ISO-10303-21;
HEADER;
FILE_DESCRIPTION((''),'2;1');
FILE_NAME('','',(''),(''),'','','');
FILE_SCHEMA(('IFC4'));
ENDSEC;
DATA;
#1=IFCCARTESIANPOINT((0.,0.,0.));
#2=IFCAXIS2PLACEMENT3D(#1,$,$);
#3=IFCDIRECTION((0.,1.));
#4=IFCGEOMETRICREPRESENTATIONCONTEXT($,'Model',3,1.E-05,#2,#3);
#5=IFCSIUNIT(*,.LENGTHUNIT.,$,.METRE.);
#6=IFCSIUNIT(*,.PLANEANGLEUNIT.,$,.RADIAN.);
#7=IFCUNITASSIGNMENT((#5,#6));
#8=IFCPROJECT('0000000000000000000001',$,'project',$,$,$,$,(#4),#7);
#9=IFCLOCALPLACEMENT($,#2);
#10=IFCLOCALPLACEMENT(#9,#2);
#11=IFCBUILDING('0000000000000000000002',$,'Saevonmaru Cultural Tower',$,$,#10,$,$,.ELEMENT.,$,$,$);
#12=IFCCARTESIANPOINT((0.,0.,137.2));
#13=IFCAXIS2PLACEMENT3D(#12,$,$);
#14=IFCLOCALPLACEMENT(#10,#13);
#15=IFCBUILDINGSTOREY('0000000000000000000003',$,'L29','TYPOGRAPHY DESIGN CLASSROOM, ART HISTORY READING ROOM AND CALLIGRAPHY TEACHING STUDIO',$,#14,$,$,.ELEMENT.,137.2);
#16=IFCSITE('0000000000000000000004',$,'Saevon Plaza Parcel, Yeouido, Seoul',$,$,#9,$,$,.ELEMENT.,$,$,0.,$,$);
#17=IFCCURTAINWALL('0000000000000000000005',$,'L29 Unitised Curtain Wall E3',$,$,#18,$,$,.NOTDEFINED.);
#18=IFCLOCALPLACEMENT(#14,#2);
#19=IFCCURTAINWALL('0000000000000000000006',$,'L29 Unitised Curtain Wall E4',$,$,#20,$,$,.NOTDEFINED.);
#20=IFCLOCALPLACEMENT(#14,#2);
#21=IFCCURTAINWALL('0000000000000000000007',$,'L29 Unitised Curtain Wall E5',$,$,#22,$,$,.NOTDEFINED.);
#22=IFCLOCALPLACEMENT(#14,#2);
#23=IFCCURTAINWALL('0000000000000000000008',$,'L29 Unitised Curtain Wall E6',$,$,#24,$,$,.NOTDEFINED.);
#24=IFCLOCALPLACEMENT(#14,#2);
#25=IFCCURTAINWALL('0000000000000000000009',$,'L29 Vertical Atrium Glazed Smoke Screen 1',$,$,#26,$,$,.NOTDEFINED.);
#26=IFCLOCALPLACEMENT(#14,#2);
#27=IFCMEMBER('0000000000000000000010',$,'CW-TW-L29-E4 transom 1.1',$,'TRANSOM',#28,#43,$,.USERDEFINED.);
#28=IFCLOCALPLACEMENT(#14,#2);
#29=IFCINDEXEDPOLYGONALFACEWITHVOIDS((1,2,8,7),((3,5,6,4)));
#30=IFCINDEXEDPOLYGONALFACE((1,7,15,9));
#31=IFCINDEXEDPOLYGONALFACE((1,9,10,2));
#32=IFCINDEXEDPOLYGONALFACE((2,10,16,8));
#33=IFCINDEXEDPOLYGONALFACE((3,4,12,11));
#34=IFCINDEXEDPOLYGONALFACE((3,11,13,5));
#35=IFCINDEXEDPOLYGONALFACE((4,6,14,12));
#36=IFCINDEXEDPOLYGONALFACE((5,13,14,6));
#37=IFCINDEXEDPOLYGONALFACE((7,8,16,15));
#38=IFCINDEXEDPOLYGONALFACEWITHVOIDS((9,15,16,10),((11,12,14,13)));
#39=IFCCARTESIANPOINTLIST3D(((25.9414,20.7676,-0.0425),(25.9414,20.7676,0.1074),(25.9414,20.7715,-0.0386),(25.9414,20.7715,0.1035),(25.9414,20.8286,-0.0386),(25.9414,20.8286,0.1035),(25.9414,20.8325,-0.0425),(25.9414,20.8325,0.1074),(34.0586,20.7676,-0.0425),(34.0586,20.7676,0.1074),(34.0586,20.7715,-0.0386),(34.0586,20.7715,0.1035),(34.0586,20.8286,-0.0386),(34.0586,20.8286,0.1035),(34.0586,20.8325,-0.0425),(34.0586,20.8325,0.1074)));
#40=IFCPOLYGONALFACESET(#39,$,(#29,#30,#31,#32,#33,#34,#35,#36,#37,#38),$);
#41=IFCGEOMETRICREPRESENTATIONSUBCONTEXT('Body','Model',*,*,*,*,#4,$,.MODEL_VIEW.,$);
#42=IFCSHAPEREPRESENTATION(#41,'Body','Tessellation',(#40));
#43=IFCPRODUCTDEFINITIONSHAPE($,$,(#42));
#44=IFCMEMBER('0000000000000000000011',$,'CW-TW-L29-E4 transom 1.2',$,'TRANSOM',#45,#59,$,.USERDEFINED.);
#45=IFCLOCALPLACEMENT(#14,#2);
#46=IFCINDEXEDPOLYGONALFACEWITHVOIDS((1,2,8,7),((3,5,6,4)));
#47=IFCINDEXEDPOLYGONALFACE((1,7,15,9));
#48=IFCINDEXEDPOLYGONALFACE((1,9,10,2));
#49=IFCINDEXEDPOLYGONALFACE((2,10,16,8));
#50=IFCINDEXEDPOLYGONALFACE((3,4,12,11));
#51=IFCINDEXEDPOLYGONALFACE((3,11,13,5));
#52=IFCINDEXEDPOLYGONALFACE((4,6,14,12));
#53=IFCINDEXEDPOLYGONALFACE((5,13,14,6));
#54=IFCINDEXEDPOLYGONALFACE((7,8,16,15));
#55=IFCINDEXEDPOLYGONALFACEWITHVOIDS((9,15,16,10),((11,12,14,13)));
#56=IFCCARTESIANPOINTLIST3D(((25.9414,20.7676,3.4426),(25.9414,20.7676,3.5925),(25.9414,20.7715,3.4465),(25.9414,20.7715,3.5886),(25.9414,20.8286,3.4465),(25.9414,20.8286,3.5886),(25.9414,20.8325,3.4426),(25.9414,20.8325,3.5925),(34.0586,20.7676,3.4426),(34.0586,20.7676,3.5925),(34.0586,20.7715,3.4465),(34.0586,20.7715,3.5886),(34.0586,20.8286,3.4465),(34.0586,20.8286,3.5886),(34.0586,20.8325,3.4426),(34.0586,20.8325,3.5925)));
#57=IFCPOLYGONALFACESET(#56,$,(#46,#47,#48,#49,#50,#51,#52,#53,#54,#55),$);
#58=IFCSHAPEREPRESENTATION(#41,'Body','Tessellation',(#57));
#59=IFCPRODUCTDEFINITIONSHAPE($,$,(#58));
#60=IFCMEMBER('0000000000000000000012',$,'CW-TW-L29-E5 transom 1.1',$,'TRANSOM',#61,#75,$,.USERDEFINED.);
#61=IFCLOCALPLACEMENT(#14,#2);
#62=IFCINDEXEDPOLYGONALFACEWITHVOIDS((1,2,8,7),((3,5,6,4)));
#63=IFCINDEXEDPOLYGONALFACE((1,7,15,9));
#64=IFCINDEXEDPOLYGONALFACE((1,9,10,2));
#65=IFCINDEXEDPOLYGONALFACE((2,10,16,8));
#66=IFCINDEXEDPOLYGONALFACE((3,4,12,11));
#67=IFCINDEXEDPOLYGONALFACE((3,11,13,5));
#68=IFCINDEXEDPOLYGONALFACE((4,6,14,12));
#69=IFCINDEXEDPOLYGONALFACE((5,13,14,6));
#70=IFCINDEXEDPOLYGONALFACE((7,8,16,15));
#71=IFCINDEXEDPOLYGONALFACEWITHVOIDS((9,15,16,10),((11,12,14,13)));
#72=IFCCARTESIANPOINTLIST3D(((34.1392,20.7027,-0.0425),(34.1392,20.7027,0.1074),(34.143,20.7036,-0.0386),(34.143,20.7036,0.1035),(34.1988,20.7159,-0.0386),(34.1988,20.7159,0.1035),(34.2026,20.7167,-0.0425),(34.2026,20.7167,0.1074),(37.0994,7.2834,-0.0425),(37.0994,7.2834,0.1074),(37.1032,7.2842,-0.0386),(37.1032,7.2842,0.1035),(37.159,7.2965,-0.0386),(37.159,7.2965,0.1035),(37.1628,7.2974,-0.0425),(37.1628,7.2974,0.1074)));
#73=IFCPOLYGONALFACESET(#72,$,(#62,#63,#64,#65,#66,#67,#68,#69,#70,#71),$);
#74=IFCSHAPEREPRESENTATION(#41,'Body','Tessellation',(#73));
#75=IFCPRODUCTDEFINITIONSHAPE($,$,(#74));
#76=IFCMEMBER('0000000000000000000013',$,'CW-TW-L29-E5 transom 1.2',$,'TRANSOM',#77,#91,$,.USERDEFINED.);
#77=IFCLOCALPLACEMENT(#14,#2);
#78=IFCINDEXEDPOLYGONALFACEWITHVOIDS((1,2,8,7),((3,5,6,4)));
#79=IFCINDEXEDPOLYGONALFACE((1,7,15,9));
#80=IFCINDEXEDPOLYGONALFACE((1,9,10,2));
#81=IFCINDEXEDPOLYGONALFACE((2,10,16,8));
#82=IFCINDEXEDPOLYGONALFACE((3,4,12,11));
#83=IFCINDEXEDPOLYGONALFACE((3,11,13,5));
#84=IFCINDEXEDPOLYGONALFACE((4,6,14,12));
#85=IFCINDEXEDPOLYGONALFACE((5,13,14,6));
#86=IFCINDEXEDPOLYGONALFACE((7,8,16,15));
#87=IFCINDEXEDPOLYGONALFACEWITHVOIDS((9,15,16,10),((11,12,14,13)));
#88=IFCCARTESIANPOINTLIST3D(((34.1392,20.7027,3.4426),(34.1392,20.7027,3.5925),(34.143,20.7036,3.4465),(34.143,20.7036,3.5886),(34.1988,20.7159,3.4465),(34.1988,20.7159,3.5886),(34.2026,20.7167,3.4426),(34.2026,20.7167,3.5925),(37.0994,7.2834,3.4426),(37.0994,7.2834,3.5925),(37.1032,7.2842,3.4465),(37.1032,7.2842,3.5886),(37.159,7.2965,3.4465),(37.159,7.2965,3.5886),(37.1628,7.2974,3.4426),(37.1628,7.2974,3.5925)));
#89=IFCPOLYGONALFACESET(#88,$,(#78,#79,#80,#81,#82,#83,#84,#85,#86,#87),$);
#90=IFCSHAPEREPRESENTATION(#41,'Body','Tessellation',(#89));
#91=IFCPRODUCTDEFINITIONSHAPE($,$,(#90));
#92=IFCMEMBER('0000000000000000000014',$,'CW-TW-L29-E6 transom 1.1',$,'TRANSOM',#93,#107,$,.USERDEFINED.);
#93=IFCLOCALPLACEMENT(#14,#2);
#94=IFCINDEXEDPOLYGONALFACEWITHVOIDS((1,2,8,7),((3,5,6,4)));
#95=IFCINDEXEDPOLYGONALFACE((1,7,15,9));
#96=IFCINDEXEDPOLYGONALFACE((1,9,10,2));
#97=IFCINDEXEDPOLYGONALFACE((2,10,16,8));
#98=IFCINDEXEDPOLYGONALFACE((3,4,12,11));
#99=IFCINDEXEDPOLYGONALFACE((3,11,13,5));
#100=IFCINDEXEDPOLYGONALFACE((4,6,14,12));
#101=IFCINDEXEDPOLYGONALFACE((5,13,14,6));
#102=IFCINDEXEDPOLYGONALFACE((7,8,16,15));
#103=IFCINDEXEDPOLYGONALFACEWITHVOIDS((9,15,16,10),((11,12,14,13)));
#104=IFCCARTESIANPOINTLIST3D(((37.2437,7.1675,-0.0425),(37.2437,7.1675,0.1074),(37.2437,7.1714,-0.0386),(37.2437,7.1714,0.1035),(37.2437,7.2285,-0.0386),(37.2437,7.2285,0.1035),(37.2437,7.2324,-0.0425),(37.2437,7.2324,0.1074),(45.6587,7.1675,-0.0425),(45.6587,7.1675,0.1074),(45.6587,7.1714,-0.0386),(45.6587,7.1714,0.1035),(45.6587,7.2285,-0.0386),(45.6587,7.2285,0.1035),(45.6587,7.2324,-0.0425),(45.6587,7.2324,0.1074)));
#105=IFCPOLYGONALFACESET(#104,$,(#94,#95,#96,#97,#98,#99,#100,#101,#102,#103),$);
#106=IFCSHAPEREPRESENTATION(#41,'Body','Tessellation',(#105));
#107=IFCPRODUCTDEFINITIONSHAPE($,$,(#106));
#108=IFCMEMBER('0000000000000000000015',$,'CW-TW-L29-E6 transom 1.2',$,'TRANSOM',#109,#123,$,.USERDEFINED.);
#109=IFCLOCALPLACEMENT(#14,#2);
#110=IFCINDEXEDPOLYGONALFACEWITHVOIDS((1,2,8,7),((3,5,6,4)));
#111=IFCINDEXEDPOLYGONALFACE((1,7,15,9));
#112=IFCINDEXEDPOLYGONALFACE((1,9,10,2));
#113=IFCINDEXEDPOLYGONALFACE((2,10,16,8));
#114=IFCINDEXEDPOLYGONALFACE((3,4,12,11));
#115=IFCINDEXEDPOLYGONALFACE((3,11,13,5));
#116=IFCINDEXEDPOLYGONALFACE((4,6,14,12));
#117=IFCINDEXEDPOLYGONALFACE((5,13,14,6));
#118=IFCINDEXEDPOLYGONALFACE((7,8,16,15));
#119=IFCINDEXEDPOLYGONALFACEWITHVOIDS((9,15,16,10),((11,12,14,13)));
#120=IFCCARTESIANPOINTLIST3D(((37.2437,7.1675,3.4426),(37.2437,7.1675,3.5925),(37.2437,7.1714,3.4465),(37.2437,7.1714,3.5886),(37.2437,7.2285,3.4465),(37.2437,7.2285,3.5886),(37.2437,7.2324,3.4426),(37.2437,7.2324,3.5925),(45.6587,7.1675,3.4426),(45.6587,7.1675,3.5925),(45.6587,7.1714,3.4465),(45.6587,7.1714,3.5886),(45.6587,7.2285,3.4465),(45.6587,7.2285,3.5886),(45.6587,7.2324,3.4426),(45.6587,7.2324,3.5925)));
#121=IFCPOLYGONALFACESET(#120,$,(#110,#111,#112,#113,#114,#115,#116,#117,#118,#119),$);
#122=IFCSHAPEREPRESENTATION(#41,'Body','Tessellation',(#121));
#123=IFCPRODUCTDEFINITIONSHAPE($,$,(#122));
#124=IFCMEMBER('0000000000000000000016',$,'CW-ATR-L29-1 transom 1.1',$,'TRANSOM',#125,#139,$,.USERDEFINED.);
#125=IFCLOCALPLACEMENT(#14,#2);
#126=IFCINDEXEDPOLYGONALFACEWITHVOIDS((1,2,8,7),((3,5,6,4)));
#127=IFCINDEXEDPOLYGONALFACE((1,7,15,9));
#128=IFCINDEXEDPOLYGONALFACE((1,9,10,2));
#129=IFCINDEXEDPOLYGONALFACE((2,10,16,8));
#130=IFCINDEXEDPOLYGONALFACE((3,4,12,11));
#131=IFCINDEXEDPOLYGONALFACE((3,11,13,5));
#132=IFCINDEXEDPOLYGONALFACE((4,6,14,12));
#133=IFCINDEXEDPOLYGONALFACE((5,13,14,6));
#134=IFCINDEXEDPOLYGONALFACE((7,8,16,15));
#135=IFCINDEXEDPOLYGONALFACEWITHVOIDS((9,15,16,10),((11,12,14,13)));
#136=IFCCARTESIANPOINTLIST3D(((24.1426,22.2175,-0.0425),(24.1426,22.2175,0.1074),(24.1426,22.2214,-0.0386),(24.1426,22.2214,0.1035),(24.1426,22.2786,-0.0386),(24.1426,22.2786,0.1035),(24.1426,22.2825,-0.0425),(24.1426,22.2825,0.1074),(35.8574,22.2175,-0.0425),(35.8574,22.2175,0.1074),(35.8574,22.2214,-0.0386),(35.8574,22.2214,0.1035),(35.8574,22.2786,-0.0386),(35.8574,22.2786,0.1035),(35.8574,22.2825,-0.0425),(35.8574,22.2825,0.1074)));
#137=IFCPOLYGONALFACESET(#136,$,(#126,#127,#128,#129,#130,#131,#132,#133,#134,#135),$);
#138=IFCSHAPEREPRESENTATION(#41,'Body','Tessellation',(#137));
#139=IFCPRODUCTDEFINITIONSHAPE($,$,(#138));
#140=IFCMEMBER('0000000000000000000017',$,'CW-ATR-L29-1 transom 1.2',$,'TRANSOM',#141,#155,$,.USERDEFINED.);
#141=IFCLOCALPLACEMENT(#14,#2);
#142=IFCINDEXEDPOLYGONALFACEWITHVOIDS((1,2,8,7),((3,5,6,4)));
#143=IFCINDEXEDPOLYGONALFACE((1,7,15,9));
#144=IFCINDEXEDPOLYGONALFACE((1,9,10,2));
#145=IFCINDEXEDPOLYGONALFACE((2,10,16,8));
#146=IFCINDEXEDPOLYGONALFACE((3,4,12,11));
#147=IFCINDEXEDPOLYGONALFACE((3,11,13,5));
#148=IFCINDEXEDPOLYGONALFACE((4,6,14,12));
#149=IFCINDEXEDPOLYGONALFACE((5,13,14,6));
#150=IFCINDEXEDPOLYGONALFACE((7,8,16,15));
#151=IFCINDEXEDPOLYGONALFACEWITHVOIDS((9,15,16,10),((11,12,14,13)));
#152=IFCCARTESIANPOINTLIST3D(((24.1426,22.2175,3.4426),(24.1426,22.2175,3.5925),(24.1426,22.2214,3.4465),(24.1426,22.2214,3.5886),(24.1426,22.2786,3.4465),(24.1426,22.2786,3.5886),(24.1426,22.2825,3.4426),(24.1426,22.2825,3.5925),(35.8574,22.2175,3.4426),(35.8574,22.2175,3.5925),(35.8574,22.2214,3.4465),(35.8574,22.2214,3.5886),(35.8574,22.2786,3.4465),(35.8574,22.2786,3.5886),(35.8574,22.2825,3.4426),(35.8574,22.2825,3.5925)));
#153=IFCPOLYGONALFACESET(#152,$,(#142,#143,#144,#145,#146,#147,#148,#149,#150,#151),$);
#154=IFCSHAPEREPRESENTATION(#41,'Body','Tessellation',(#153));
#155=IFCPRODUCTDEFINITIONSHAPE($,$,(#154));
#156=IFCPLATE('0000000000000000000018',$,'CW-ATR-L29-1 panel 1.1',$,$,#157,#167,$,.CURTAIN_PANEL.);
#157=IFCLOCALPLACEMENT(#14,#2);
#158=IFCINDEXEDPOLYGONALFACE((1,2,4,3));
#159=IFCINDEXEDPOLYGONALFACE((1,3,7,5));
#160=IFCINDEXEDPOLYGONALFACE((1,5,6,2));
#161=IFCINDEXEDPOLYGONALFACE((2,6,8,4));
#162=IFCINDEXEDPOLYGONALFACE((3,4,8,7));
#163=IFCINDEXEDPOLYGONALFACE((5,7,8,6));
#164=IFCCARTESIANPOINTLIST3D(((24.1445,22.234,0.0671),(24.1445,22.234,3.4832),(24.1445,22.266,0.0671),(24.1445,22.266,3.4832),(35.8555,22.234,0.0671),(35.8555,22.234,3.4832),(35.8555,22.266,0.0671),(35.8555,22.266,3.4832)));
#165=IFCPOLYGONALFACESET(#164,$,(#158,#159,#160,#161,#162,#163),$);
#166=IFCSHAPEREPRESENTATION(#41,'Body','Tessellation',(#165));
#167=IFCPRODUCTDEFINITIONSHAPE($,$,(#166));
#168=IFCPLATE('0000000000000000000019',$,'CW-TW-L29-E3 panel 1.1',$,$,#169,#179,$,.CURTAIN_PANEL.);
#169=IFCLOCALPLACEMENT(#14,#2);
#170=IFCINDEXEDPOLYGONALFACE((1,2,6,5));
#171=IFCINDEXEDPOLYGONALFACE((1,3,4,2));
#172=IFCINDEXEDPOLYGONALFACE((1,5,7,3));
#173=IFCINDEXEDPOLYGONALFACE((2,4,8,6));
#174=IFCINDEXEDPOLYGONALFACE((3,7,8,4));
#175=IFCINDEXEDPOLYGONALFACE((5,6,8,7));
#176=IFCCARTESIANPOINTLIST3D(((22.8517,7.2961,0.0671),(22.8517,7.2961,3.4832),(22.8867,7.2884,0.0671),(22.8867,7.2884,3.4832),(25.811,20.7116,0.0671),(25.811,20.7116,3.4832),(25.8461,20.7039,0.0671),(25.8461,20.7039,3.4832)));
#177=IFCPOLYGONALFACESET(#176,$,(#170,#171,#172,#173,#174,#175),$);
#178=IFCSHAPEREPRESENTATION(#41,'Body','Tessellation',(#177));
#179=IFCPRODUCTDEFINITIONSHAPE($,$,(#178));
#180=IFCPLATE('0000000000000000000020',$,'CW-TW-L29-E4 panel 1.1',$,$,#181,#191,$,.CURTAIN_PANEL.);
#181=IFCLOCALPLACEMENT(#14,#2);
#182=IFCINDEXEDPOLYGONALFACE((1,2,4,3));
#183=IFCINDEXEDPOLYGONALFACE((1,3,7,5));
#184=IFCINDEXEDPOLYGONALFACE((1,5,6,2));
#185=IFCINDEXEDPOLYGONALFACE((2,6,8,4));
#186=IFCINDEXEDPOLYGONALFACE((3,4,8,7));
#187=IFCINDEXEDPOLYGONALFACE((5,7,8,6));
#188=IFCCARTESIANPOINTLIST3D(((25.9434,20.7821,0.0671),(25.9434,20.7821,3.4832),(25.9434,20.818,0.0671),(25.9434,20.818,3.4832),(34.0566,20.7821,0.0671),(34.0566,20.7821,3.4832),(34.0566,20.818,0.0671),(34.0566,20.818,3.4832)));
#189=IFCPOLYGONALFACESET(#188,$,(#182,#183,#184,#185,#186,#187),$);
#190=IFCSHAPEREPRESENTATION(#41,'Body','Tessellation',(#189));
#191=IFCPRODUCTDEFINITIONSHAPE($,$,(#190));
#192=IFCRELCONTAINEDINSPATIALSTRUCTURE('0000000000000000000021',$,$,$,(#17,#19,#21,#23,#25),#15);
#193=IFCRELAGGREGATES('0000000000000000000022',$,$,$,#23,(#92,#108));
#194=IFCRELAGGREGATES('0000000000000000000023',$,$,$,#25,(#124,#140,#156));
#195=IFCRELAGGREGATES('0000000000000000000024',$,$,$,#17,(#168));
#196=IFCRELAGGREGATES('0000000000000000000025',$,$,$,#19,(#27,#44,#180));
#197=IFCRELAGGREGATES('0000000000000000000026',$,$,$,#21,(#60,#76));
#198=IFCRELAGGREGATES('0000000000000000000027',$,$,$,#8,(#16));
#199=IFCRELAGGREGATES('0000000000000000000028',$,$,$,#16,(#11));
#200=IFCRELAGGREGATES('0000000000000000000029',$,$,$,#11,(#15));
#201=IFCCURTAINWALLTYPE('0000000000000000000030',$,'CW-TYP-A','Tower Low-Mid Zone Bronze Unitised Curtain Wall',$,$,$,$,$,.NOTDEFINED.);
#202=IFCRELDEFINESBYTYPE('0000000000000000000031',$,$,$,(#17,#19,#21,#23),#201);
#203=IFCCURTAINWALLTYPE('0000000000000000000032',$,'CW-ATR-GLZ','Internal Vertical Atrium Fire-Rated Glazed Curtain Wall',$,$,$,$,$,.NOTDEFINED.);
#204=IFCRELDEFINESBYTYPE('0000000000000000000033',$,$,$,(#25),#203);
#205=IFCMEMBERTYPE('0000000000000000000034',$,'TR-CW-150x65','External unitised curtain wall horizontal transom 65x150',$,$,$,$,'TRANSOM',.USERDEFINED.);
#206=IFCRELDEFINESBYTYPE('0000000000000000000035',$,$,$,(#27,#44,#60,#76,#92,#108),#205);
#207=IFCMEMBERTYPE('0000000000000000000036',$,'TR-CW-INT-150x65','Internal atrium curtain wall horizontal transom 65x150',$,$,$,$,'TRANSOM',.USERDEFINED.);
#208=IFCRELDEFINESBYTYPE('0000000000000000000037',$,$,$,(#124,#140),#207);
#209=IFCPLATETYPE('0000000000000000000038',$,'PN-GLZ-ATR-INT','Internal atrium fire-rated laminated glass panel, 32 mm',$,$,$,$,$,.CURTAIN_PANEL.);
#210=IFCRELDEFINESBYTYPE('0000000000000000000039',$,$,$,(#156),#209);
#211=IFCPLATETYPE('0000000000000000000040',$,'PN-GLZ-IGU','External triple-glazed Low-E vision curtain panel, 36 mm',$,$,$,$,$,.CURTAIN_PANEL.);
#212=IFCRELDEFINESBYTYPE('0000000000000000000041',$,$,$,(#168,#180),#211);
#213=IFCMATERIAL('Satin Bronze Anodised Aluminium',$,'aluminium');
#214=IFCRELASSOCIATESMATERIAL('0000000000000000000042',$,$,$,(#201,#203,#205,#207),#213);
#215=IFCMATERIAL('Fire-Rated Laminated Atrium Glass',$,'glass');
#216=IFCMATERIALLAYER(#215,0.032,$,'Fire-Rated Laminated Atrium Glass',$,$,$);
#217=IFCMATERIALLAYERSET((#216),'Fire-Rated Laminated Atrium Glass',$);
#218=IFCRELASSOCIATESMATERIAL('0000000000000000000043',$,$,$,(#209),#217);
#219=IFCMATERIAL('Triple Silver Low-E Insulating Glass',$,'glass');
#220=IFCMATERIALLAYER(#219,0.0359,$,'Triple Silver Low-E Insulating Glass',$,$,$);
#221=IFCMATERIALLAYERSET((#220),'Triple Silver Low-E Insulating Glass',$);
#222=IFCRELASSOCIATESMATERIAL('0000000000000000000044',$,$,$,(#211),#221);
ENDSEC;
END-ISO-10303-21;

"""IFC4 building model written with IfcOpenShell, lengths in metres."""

from ifc_helpers import new_model, si_unit, direction, frame, origin, origin_2d, place, context, subcontext, project, spatial, rectangle, hollow_rectangle, extrude, material, layer, layer_set, material_profile, profile_set, type_object, element, aggregate, save


model = new_model("IFC4")

# Units and contexts
model_context = context("Model", 3, precision=1e-05, world=origin(), true_north=direction((0.0, 1.0)))
body_context = subcontext(model_context, "Body", "Model", "MODEL_VIEW")
ifc_project = project(units=[si_unit("LENGTHUNIT", "METRE"), si_unit("PLANEANGLEUNIT", "RADIAN")], contexts=[model_context])

# Site, building, storey
site_placement = place(None, origin())
site = spatial("IfcSite", under=ifc_project, at=site_placement, Name="Saevon Plaza Parcel, Yeouido, Seoul", CompositionType="ELEMENT", RefElevation=0.0)
building_placement = place(site_placement, origin())
building = spatial("IfcBuilding", under=site, at=building_placement, Name="Saevonmaru Cultural Tower", CompositionType="ELEMENT")
storey_placement = place(building_placement, frame((0.0, 0.0, 137.2)))
storey = spatial("IfcBuildingStorey", under=building, at=storey_placement, Name="L29", Description="TYPOGRAPHY DESIGN CLASSROOM, ART HISTORY READING ROOM AND CALLIGRAPHY TEACHING STUDIO", CompositionType="ELEMENT", Elevation=137.2)

# Curtain wall
ifc_material_1 = material(Name="Satin Bronze Anodised Aluminium", Category="aluminium")
curtain_wall_type_1 = type_object("IfcCurtainWallType", Name="CW-TYP-A", Description="Tower Low-Mid Zone Bronze Unitised Curtain Wall", PredefinedType="NOTDEFINED", material=ifc_material_1)
curtain_wall_1_placement = place(storey_placement, origin())
curtain_wall_1 = element("IfcCurtainWall", 1, at=curtain_wall_1_placement, inside=storey, type_object=curtain_wall_type_1, Name="L29 Unitised Curtain Wall E3", PredefinedType="NOTDEFINED")

# Curtain walls
curtain_wall_2_placement = place(storey_placement, origin())
curtain_wall_2 = element("IfcCurtainWall", 2, at=curtain_wall_2_placement, inside=storey, type_object=curtain_wall_type_1, Name="L29 Unitised Curtain Wall E4", PredefinedType="NOTDEFINED")
curtain_wall_3_placement = place(storey_placement, origin())
curtain_wall_3 = element("IfcCurtainWall", 3, at=curtain_wall_3_placement, inside=storey, type_object=curtain_wall_type_1, Name="L29 Unitised Curtain Wall E5", PredefinedType="NOTDEFINED")

# Curtain walls
curtain_wall_4_placement = place(storey_placement, origin())
curtain_wall_4 = element("IfcCurtainWall", 4, at=curtain_wall_4_placement, inside=storey, type_object=curtain_wall_type_1, Name="L29 Unitised Curtain Wall E6", PredefinedType="NOTDEFINED")
curtain_wall_type_2 = type_object("IfcCurtainWallType", Name="CW-ATR-GLZ", Description="Internal Vertical Atrium Fire-Rated Glazed Curtain Wall", PredefinedType="NOTDEFINED", material=ifc_material_1)
curtain_wall_5_placement = place(storey_placement, origin())
curtain_wall_5 = element("IfcCurtainWall", 5, at=curtain_wall_5_placement, inside=storey, type_object=curtain_wall_type_2, Name="L29 Vertical Atrium Glazed Smoke Screen 1", PredefinedType="NOTDEFINED")

# Members
ifc_material_profile_1 = material_profile(ifc_material_1, hollow_rectangle(XDim=0.0649, YDim=0.1499, WallThickness=0.0039, at=origin_2d()), Name="ALU-TRAN-150x65x4")
ifc_profile_set_1 = profile_set([ifc_material_profile_1], Name="Satin Bronze Anodised Aluminium")
member_type_1 = type_object("IfcMemberType", Name="TR-CW-150x65", Description="External unitised curtain wall horizontal transom 65x150", ElementType="TRANSOM", PredefinedType="USERDEFINED", material=ifc_profile_set_1)
member_1_placement = place(storey_placement, frame((25.9414, 20.8, 0.0325), z_axis=(1.0, 0.0, 0.0), x_axis=(0.0, 1.0, 0.0)))
member_1 = element("IfcMember", 6, at=member_1_placement, type_object=member_type_1, Name="CW-TW-L29-E4 transom 1.1", ObjectType="TRANSOM", PredefinedType="USERDEFINED", context=body_context, shape_type="SweptSolid", body=[
    extrude(hollow_rectangle(XDim=0.0649, YDim=0.1499, WallThickness=0.0039, at=origin_2d()), origin(), (0.0, 0.0, 1.0), 8.1172),
])
member_2_placement = place(storey_placement, frame((25.9414, 20.8, 3.5176), z_axis=(1.0, 0.0, 0.0), x_axis=(0.0, 1.0, 0.0)))
member_2 = element("IfcMember", 7, at=member_2_placement, type_object=member_type_1, Name="CW-TW-L29-E4 transom 1.2", ObjectType="TRANSOM", PredefinedType="USERDEFINED", context=body_context, shape_type="SweptSolid", body=[
    extrude(hollow_rectangle(XDim=0.0649, YDim=0.1499, WallThickness=0.0039, at=origin_2d()), origin(), (0.0, 0.0, 1.0), 8.1172),
])
member_3_placement = place(storey_placement, frame((34.1709, 20.7097, 0.0325), z_axis=(0.215412, -0.976523, 0.0), x_axis=(0.976523, 0.215412, 0.0)))
member_3 = element("IfcMember", 8, at=member_3_placement, type_object=member_type_1, Name="CW-TW-L29-E5 transom 1.1", ObjectType="TRANSOM", PredefinedType="USERDEFINED", context=body_context, shape_type="SweptSolid", body=[
    extrude(hollow_rectangle(XDim=0.0649, YDim=0.1499, WallThickness=0.0039, at=origin_2d()), origin(), (0.0, 0.0, 1.0), 13.7419),
])
member_4_placement = place(storey_placement, frame((34.1709, 20.7097, 3.5176), z_axis=(0.215412, -0.976523, 0.0), x_axis=(0.976523, 0.215412, 0.0)))
member_4 = element("IfcMember", 9, at=member_4_placement, type_object=member_type_1, Name="CW-TW-L29-E5 transom 1.2", ObjectType="TRANSOM", PredefinedType="USERDEFINED", context=body_context, shape_type="SweptSolid", body=[
    extrude(hollow_rectangle(XDim=0.0649, YDim=0.1499, WallThickness=0.0039, at=origin_2d()), origin(), (0.0, 0.0, 1.0), 13.7419),
])
member_5_placement = place(storey_placement, frame((37.2437, 7.2, 0.0325), z_axis=(1.0, 0.0, 0.0), x_axis=(0.0, 1.0, 0.0)))
member_5 = element("IfcMember", 10, at=member_5_placement, type_object=member_type_1, Name="CW-TW-L29-E6 transom 1.1", ObjectType="TRANSOM", PredefinedType="USERDEFINED", context=body_context, shape_type="SweptSolid", body=[
    extrude(hollow_rectangle(XDim=0.0649, YDim=0.1499, WallThickness=0.0039, at=origin_2d()), origin(), (0.0, 0.0, 1.0), 8.415),
])
member_6_placement = place(storey_placement, frame((37.2437, 7.2, 3.5176), z_axis=(1.0, 0.0, 0.0), x_axis=(0.0, 1.0, 0.0)))
member_6 = element("IfcMember", 11, at=member_6_placement, type_object=member_type_1, Name="CW-TW-L29-E6 transom 1.2", ObjectType="TRANSOM", PredefinedType="USERDEFINED", context=body_context, shape_type="SweptSolid", body=[
    extrude(hollow_rectangle(XDim=0.0649, YDim=0.1499, WallThickness=0.0039, at=origin_2d()), origin(), (0.0, 0.0, 1.0), 8.415),
])
aggregate(curtain_wall_4, [member_5, member_6])
ifc_material_profile_2 = material_profile(ifc_material_1, hollow_rectangle(XDim=0.0649, YDim=0.1499, WallThickness=0.0039, at=origin_2d()), Name="ALU-TRAN-150x65x4")
ifc_profile_set_2 = profile_set([ifc_material_profile_2], Name="Satin Bronze Anodised Aluminium")
member_type_2 = type_object("IfcMemberType", Name="TR-CW-INT-150x65", Description="Internal atrium curtain wall horizontal transom 65x150", ElementType="TRANSOM", PredefinedType="USERDEFINED", material=ifc_profile_set_2)
member_7_placement = place(storey_placement, frame((24.1426, 22.25, 0.0325), z_axis=(1.0, 0.0, 0.0), x_axis=(0.0, 1.0, 0.0)))
member_7 = element("IfcMember", 12, at=member_7_placement, type_object=member_type_2, Name="CW-ATR-L29-1 transom 1.1", ObjectType="TRANSOM", PredefinedType="USERDEFINED", context=body_context, shape_type="SweptSolid", body=[
    extrude(hollow_rectangle(XDim=0.0649, YDim=0.1499, WallThickness=0.0039, at=origin_2d()), origin(), (0.0, 0.0, 1.0), 11.7148),
])
member_8_placement = place(storey_placement, frame((24.1426, 22.25, 3.5176), z_axis=(1.0, 0.0, 0.0), x_axis=(0.0, 1.0, 0.0)))
member_8 = element("IfcMember", 13, at=member_8_placement, type_object=member_type_2, Name="CW-ATR-L29-1 transom 1.2", ObjectType="TRANSOM", PredefinedType="USERDEFINED", context=body_context, shape_type="SweptSolid", body=[
    extrude(hollow_rectangle(XDim=0.0649, YDim=0.1499, WallThickness=0.0039, at=origin_2d()), origin(), (0.0, 0.0, 1.0), 11.7148),
])

# Plates
ifc_material_2 = material(Name="Fire-Rated Laminated Atrium Glass", Category="glass")
ifc_layer_1 = layer(ifc_material_2, 0.032, Name="Fire-Rated Laminated Atrium Glass")
ifc_layer_set_1 = layer_set([ifc_layer_1], Name="Fire-Rated Laminated Atrium Glass")
plate_type_1 = type_object("IfcPlateType", Name="PN-GLZ-ATR-INT", Description="Internal atrium fire-rated laminated glass panel, 32 mm", PredefinedType="CURTAIN_PANEL", material=ifc_layer_set_1)
plate_1_placement = place(storey_placement, frame((30.0, 22.25, 0.0671), z_axis=(0.0, 0.0, 1.0), x_axis=(1.0, 0.0, 0.0)))
plate_1 = element("IfcPlate", 14, at=plate_1_placement, type_object=plate_type_1, Name="CW-ATR-L29-1 panel 1.1", PredefinedType="CURTAIN_PANEL", context=body_context, shape_type="SweptSolid", body=[
    extrude(rectangle(XDim=11.7109, YDim=0.032, at=origin_2d()), origin(), (0.0, 0.0, 1.0), 3.416),
])
aggregate(curtain_wall_5, [member_7, member_8, plate_1])
ifc_material_3 = material(Name="Triple Silver Low-E Insulating Glass", Category="glass")
ifc_layer_2 = layer(ifc_material_3, 0.0359, Name="Triple Silver Low-E Insulating Glass")
ifc_layer_set_2 = layer_set([ifc_layer_2], Name="Triple Silver Low-E Insulating Glass")
plate_type_2 = type_object("IfcPlateType", Name="PN-GLZ-IGU", Description="External triple-glazed Low-E vision curtain panel, 36 mm", PredefinedType="CURTAIN_PANEL", material=ifc_layer_set_2)
plate_2_placement = place(storey_placement, frame((24.3489, 14.0, 0.0671), z_axis=(0.0, 0.0, 1.0), x_axis=(0.215413, 0.976523, 0.0)))
plate_2 = element("IfcPlate", 15, at=plate_2_placement, type_object=plate_type_2, Name="CW-TW-L29-E3 panel 1.1", PredefinedType="CURTAIN_PANEL", context=body_context, shape_type="SweptSolid", body=[
    extrude(rectangle(XDim=13.738, YDim=0.0359, at=origin_2d()), origin(), (0.0, 0.0, 1.0), 3.416),
])
aggregate(curtain_wall_1, [plate_2])
plate_3_placement = place(storey_placement, frame((30.0, 20.8, 0.0671), z_axis=(0.0, 0.0, 1.0), x_axis=(1.0, 0.0, 0.0)))
plate_3 = element("IfcPlate", 16, at=plate_3_placement, type_object=plate_type_2, Name="CW-TW-L29-E4 panel 1.1", PredefinedType="CURTAIN_PANEL", context=body_context, shape_type="SweptSolid", body=[
    extrude(rectangle(XDim=8.1133, YDim=0.0359, at=origin_2d()), origin(), (0.0, 0.0, 1.0), 3.416),
])
aggregate(curtain_wall_2, [member_1, member_2, plate_3])
aggregate(curtain_wall_3, [member_3, member_4])

save(model, "model.ifc")
